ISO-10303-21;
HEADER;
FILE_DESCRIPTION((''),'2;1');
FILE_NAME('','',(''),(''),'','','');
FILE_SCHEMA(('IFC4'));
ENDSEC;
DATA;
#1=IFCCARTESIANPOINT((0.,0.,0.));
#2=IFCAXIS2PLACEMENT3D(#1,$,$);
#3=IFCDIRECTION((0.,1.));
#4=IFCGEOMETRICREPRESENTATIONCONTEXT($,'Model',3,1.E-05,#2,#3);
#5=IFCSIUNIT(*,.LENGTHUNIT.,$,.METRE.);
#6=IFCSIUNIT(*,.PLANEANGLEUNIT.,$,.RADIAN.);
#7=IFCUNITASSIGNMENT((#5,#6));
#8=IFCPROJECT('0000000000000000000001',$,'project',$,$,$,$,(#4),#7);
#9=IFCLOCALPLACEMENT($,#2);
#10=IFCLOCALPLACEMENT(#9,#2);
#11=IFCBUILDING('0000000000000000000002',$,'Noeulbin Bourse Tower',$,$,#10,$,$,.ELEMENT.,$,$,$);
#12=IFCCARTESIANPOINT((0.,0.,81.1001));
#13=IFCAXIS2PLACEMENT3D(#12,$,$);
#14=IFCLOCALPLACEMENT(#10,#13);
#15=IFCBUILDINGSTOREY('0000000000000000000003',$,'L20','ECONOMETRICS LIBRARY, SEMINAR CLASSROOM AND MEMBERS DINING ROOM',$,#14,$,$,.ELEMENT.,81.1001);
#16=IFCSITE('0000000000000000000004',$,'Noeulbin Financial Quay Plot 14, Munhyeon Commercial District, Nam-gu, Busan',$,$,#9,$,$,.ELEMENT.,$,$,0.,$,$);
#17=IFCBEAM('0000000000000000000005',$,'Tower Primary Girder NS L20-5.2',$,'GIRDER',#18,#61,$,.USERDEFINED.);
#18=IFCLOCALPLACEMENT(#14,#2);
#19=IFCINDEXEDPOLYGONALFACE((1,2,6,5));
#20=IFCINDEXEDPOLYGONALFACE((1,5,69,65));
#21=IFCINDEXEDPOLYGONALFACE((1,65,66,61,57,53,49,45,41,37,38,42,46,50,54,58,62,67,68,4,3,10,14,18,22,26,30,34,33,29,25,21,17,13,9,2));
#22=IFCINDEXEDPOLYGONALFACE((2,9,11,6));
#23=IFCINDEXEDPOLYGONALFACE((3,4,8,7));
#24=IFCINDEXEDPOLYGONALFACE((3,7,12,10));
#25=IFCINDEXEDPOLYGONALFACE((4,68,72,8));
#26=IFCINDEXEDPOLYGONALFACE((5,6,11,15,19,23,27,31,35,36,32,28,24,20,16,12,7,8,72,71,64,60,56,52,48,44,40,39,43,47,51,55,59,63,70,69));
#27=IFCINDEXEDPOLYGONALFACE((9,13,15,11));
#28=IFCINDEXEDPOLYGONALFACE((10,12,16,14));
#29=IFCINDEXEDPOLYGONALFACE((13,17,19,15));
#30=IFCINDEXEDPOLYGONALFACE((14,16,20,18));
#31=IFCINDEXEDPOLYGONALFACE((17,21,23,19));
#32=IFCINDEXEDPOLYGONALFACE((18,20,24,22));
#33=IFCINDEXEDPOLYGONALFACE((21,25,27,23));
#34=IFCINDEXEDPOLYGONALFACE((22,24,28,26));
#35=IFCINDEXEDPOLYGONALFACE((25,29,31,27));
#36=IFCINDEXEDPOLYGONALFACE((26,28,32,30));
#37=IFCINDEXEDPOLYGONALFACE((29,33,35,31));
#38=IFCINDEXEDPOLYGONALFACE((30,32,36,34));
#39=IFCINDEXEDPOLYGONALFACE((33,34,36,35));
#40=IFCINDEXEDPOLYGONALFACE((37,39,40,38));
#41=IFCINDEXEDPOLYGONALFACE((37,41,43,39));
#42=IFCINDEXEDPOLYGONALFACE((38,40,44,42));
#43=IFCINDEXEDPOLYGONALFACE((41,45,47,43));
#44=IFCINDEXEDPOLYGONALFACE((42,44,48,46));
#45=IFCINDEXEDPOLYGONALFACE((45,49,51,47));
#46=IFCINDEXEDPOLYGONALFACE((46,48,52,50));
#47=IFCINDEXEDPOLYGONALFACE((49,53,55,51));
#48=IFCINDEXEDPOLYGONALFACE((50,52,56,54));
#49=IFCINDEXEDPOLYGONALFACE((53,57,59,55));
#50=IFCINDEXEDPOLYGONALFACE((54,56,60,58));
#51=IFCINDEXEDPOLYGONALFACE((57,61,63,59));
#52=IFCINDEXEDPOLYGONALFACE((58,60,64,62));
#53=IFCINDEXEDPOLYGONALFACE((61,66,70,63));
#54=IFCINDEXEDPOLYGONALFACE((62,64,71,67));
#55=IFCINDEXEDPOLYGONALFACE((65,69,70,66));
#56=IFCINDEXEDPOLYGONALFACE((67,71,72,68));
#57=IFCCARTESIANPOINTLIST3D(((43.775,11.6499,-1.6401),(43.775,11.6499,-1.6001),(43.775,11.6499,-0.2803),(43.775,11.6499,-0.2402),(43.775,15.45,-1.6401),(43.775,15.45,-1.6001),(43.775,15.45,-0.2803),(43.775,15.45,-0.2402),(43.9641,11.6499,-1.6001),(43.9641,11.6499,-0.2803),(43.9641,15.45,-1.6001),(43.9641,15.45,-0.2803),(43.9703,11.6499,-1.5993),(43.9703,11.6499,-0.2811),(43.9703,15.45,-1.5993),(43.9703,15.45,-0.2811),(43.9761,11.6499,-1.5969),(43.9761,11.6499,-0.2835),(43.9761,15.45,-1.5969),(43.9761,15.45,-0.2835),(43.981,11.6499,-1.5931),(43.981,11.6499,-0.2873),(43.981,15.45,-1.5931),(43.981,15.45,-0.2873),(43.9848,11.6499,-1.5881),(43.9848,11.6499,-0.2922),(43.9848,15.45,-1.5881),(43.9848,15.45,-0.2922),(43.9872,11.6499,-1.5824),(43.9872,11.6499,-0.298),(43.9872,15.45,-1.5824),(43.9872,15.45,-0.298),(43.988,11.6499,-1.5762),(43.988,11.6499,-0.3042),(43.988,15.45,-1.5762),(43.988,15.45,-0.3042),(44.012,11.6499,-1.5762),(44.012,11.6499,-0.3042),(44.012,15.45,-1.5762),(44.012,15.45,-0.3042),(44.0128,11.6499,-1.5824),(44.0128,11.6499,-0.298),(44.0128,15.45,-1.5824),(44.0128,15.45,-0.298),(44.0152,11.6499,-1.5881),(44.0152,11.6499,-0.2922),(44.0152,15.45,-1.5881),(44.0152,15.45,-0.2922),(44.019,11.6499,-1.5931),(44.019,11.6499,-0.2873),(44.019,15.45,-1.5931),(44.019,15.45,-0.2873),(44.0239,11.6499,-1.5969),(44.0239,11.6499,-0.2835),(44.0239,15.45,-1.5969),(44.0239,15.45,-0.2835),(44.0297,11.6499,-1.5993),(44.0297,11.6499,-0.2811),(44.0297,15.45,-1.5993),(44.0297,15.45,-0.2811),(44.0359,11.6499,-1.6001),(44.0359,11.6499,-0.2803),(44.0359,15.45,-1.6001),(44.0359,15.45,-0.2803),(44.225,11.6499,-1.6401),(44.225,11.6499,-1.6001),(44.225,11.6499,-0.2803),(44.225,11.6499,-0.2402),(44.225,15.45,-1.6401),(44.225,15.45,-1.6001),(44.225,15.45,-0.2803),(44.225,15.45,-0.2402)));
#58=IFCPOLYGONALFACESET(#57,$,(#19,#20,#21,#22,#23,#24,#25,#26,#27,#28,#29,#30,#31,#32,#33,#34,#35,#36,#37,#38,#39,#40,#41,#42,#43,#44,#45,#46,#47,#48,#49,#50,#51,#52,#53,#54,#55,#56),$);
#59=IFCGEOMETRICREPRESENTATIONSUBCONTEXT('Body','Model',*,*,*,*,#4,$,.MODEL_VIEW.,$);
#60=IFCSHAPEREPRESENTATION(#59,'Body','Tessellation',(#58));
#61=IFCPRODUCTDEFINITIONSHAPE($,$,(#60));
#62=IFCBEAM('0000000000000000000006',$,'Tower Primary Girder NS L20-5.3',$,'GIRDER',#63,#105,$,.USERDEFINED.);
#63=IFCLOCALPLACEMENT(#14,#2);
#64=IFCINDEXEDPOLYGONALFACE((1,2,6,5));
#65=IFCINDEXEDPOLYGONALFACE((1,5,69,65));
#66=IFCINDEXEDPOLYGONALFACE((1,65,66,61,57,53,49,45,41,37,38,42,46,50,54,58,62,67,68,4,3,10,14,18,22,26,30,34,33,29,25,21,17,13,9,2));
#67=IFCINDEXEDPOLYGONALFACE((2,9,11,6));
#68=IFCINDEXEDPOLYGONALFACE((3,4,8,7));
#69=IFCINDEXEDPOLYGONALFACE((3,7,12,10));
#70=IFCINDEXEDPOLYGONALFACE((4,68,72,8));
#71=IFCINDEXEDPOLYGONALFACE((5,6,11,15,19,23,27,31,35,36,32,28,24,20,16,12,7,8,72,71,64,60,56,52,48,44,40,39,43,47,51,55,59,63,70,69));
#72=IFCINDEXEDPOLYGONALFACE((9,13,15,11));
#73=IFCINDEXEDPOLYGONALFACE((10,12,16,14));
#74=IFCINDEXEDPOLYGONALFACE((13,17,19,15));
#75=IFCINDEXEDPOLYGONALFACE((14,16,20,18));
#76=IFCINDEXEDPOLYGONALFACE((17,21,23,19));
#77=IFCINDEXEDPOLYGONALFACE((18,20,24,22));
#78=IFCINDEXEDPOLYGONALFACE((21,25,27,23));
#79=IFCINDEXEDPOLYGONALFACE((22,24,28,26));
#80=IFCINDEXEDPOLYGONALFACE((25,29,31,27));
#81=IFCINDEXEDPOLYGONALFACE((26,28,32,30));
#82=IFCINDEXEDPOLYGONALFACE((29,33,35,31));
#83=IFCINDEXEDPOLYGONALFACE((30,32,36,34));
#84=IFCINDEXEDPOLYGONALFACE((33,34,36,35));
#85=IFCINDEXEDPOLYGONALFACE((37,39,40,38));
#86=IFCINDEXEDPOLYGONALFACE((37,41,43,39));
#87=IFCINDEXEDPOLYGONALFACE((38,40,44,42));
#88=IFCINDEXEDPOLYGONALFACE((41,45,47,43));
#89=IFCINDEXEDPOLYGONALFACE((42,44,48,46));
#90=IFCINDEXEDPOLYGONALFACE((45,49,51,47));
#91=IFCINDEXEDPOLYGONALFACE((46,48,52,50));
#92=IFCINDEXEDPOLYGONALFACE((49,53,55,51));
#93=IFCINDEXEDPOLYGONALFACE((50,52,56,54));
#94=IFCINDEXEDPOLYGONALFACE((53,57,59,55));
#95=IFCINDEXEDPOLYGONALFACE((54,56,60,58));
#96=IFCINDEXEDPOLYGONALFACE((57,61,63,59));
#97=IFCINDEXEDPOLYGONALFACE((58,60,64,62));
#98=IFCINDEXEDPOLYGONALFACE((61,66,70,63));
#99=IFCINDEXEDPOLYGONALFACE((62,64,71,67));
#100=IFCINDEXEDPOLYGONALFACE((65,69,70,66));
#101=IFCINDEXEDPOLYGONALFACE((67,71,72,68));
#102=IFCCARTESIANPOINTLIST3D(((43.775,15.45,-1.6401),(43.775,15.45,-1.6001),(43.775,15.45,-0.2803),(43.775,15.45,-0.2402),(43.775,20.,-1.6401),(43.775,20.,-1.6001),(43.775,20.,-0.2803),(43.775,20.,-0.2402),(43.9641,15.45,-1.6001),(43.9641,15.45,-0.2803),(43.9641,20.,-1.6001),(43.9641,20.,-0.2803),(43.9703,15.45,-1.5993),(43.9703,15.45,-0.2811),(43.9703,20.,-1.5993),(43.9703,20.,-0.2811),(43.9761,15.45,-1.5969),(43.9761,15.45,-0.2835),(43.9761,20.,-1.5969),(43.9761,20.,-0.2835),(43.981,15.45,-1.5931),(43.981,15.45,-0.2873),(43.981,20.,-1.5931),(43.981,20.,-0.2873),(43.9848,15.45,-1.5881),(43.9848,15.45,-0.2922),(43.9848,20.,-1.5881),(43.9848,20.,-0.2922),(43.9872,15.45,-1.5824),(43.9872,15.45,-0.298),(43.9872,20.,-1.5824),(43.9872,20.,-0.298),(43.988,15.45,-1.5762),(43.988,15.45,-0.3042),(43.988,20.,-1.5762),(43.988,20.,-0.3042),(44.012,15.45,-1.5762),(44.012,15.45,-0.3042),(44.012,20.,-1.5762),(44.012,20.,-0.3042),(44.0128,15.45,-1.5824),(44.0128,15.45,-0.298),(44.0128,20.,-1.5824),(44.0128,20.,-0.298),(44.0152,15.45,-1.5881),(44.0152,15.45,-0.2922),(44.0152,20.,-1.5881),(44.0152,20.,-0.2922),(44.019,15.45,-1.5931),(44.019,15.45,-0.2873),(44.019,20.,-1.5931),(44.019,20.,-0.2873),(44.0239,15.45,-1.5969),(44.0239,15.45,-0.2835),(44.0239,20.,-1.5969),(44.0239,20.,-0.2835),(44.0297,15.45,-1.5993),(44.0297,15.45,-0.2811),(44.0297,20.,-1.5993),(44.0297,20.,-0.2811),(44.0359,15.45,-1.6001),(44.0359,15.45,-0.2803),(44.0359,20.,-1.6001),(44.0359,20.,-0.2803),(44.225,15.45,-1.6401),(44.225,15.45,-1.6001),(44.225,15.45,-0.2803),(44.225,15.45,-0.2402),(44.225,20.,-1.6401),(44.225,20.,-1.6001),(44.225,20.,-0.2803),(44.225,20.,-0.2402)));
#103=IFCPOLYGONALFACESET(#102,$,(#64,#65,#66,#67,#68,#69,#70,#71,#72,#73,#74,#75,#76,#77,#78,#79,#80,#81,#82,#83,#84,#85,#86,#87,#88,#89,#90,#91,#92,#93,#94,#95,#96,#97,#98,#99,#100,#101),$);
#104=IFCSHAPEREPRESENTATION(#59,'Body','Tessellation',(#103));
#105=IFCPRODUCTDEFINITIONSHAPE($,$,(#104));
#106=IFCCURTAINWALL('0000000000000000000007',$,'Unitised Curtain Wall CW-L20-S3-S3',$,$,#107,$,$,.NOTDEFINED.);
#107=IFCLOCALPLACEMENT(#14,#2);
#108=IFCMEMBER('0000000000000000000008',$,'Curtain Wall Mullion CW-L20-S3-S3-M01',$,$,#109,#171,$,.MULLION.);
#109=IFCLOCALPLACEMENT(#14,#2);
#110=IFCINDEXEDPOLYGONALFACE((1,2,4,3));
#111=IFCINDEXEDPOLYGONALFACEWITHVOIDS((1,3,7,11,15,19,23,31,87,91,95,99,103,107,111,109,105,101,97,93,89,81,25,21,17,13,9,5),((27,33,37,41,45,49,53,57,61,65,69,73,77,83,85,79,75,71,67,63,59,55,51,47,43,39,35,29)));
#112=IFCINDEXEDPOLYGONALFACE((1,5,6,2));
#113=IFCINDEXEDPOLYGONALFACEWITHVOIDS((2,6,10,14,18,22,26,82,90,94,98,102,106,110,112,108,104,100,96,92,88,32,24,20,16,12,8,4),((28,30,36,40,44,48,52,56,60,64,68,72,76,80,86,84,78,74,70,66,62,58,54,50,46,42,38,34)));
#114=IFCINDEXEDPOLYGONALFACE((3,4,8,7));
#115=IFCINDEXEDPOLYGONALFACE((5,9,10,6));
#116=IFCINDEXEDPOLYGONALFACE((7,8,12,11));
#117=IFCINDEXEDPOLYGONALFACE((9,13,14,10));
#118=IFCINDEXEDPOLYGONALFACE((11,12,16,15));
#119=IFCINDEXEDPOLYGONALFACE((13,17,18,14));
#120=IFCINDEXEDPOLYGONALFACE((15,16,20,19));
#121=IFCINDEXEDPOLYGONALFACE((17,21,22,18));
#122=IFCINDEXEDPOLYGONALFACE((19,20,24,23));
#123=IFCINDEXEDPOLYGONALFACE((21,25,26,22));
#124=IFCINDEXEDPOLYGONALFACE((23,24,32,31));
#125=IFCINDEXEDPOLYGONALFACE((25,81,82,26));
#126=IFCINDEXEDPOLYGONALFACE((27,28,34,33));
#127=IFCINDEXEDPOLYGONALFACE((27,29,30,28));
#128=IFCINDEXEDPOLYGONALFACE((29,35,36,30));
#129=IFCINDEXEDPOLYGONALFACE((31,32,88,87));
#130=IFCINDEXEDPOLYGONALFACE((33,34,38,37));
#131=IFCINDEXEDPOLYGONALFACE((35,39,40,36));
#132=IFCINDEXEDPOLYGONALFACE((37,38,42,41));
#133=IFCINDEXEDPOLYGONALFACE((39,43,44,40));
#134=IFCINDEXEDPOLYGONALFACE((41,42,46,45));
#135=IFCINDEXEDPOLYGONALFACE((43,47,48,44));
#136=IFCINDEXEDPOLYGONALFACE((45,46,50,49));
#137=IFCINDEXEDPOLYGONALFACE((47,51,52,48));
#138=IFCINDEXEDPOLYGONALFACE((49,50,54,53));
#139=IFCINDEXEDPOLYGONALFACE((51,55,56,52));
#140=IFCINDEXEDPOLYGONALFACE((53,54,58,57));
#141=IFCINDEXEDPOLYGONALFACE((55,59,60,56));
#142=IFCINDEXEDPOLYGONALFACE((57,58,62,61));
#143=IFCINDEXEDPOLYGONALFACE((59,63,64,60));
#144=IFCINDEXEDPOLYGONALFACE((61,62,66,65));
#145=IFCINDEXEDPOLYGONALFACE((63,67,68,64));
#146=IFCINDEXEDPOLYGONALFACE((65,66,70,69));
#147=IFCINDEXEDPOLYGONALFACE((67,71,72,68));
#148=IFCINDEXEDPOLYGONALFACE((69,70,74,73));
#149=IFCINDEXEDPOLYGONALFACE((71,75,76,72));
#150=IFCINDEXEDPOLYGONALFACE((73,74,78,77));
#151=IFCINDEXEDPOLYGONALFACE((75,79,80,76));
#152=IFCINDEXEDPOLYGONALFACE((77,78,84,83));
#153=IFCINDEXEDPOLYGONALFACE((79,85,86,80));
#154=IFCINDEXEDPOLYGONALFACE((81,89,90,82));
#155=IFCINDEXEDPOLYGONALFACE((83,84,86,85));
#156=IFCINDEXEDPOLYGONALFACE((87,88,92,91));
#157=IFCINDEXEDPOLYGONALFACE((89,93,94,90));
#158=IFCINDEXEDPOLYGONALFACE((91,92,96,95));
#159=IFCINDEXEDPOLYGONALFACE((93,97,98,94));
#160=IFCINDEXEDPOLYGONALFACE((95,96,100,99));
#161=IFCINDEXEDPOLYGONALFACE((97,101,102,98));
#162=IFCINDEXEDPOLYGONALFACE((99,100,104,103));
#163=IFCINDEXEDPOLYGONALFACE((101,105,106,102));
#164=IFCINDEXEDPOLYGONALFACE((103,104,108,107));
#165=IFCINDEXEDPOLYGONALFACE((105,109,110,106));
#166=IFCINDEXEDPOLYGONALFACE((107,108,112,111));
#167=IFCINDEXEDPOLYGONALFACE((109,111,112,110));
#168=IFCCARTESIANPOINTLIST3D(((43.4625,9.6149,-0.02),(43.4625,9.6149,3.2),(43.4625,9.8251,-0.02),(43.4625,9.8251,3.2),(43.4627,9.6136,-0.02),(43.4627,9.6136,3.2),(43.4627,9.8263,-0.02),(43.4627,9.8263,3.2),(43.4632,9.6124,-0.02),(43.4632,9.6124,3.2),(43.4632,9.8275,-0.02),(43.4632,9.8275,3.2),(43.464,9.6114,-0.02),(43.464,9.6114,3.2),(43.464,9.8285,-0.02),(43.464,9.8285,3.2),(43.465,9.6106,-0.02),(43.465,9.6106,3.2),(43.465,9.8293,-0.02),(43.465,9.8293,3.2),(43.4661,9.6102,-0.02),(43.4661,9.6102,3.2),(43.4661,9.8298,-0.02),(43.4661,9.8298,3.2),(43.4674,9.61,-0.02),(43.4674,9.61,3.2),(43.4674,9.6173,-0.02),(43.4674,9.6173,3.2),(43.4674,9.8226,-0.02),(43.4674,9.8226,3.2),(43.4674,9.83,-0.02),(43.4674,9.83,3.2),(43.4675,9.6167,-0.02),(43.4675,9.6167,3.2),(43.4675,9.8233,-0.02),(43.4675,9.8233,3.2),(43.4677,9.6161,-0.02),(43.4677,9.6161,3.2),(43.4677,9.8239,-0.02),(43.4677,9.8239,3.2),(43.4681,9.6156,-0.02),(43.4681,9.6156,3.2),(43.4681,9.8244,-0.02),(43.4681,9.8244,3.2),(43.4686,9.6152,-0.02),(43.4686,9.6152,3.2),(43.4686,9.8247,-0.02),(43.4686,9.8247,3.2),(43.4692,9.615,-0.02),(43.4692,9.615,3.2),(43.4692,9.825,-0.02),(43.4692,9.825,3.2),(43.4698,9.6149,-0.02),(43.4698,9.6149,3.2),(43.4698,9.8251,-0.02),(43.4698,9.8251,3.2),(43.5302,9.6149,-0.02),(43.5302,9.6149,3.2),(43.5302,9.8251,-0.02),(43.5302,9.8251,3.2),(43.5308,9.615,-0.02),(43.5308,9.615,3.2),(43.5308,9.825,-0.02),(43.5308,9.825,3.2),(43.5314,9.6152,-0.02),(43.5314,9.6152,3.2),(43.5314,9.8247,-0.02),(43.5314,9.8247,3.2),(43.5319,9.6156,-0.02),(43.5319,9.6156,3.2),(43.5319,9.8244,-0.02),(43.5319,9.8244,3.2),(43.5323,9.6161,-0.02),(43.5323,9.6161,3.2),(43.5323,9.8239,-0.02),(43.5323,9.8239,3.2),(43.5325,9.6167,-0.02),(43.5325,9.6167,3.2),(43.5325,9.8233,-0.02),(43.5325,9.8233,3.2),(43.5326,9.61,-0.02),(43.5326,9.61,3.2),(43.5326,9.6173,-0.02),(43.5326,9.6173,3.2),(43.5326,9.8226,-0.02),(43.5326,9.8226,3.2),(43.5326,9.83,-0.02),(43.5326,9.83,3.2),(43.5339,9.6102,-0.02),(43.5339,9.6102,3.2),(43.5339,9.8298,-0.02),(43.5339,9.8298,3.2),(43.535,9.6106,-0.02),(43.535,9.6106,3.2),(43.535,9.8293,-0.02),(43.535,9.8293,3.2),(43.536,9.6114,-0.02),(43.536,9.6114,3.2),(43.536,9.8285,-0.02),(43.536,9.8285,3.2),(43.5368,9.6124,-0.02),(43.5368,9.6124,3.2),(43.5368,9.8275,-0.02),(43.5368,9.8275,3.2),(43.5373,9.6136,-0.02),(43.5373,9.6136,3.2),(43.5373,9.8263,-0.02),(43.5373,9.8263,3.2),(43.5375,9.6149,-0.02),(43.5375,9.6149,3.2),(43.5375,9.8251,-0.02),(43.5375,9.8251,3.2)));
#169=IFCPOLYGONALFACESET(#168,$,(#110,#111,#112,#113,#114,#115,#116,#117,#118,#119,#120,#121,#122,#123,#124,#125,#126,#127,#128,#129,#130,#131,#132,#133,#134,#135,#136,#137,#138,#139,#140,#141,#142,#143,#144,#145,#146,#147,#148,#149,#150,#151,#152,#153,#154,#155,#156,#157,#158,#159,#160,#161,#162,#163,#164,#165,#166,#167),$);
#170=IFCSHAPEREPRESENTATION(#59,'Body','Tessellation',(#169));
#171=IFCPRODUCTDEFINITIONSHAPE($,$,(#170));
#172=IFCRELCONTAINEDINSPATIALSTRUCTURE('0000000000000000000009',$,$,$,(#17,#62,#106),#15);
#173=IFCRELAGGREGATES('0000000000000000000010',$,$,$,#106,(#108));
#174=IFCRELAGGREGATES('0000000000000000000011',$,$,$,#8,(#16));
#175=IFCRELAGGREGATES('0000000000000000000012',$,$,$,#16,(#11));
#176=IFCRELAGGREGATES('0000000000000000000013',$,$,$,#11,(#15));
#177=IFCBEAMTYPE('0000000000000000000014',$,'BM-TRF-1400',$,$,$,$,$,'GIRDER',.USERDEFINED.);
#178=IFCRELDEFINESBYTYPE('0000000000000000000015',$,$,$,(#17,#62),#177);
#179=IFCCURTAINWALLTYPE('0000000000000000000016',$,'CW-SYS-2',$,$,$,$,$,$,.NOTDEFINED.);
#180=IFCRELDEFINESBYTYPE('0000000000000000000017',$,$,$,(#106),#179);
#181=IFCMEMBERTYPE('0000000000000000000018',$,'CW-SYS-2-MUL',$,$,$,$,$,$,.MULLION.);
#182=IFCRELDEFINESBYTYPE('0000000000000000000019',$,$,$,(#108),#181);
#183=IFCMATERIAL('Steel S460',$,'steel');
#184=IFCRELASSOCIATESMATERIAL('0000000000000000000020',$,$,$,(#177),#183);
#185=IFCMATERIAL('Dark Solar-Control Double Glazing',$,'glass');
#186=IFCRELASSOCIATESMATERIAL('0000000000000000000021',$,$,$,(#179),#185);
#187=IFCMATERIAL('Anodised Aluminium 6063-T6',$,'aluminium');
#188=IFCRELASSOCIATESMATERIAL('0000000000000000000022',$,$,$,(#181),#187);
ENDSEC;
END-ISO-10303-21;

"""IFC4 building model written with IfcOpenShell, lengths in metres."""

from ifc_helpers import new_model, si_unit, direction, frame, origin, origin_2d, place, context, subcontext, project, spatial, hollow_rectangle, i_section, extrude, material, material_profile, profile_set, type_object, element, aggregate, save


model = new_model("IFC4")

# Units and contexts
model_context = context("Model", 3, precision=1e-05, world=origin(), true_north=direction((0.0, 1.0)))
body_context = subcontext(model_context, "Body", "Model", "MODEL_VIEW")
ifc_project = project(units=[si_unit("LENGTHUNIT", "METRE"), si_unit("PLANEANGLEUNIT", "RADIAN")], contexts=[model_context])

# Site, building, storey
site_placement = place(None, origin())
site = spatial("IfcSite", under=ifc_project, at=site_placement, Name="Noeulbin Financial Quay Plot 14, Munhyeon Commercial District, Nam-gu, Busan", CompositionType="ELEMENT", RefElevation=0.0)
building_placement = place(site_placement, origin())
building = spatial("IfcBuilding", under=site, at=building_placement, Name="Noeulbin Bourse Tower", CompositionType="ELEMENT")
storey_placement = place(building_placement, frame((0.0, 0.0, 81.1001)))
storey = spatial("IfcBuildingStorey", under=building, at=storey_placement, Name="L20", Description="ECONOMETRICS LIBRARY, SEMINAR CLASSROOM AND MEMBERS DINING ROOM", CompositionType="ELEMENT", Elevation=81.1001)

# Shared definitions
ifc_material_1 = material(Name="Steel S460", Category="steel")

# Beams
ifc_material_profile_1 = material_profile(ifc_material_1, i_section(OverallWidth=0.45, OverallDepth=1.3999, WebThickness=0.0239, FlangeThickness=0.04, FilletRadius=0.0239, at=origin_2d()), Name="PG-1400x450x24x40", Category="LoadBearing")
ifc_profile_set_1 = profile_set([ifc_material_profile_1], Name="Steel S460")
beam_type_1 = type_object("IfcBeamType", Name="BM-TRF-1400", ElementType="GIRDER", PredefinedType="USERDEFINED", material=ifc_profile_set_1)
beam_1_placement = place(storey_placement, frame((44.0, 11.6499, -0.9402), z_axis=(0.0, 1.0, 0.0), x_axis=(-1.0, 0.0, 0.0)))
element("IfcBeam", 1, at=beam_1_placement, inside=storey, type_object=beam_type_1, Name="Tower Primary Girder NS L20-5.2", ObjectType="GIRDER", PredefinedType="USERDEFINED", context=body_context, shape_type="SweptSolid", body=[
    extrude(i_section(OverallWidth=0.45, OverallDepth=1.3999, WebThickness=0.0239, FlangeThickness=0.04, FilletRadius=0.0239, at=origin_2d()), origin(), (0.0, 0.0, 1.0), 3.8),
])
beam_2_placement = place(storey_placement, frame((44.0, 15.45, -0.9402), z_axis=(0.0, 1.0, 0.0), x_axis=(-1.0, 0.0, 0.0)))
element("IfcBeam", 2, at=beam_2_placement, inside=storey, type_object=beam_type_1, Name="Tower Primary Girder NS L20-5.3", ObjectType="GIRDER", PredefinedType="USERDEFINED", context=body_context, shape_type="SweptSolid", body=[
    extrude(i_section(OverallWidth=0.45, OverallDepth=1.3999, WebThickness=0.0239, FlangeThickness=0.04, FilletRadius=0.0239, at=origin_2d()), origin(), (0.0, 0.0, 1.0), 4.55),
])

# Curtain wall, member
ifc_material_2 = material(Name="Dark Solar-Control Double Glazing", Category="glass")
curtain_wall_type = type_object("IfcCurtainWallType", Name="CW-SYS-2", PredefinedType="NOTDEFINED", material=ifc_material_2)
curtain_wall_1_placement = place(storey_placement, origin())
curtain_wall_1 = element("IfcCurtainWall", 3, at=curtain_wall_1_placement, inside=storey, type_object=curtain_wall_type, Name="Unitised Curtain Wall CW-L20-S3-S3", PredefinedType="NOTDEFINED")
ifc_material_3 = material(Name="Anodised Aluminium 6063-T6", Category="aluminium")
ifc_material_profile_2 = material_profile(ifc_material_3, hollow_rectangle(XDim=0.075, YDim=0.22, WallThickness=0.0049, InnerFilletRadius=0.0024, OuterFilletRadius=0.0049, at=origin_2d()), Name="ALU-MULL-75x220x5", Category="LoadBearing")
ifc_profile_set_2 = profile_set([ifc_material_profile_2], Name="Anodised Aluminium 6063-T6")
member_type_1 = type_object("IfcMemberType", Name="CW-SYS-2-MUL", PredefinedType="MULLION", material=ifc_profile_set_2)
member_1_placement = place(storey_placement, frame((43.5, 9.72, -0.02), z_axis=(0.0, 0.0, 1.0), x_axis=(1.0, 0.0, 0.0)))
member_1 = element("IfcMember", 4, at=member_1_placement, type_object=member_type_1, Name="Curtain Wall Mullion CW-L20-S3-S3-M01", PredefinedType="MULLION", context=body_context, shape_type="SweptSolid", body=[
    extrude(hollow_rectangle(XDim=0.075, YDim=0.22, WallThickness=0.0049, InnerFilletRadius=0.0024, OuterFilletRadius=0.0049, at=origin_2d()), origin(), (0.0, 0.0, 1.0), 3.22),
])

aggregate(curtain_wall_1, [member_1])

save(model, "model.ifc")
